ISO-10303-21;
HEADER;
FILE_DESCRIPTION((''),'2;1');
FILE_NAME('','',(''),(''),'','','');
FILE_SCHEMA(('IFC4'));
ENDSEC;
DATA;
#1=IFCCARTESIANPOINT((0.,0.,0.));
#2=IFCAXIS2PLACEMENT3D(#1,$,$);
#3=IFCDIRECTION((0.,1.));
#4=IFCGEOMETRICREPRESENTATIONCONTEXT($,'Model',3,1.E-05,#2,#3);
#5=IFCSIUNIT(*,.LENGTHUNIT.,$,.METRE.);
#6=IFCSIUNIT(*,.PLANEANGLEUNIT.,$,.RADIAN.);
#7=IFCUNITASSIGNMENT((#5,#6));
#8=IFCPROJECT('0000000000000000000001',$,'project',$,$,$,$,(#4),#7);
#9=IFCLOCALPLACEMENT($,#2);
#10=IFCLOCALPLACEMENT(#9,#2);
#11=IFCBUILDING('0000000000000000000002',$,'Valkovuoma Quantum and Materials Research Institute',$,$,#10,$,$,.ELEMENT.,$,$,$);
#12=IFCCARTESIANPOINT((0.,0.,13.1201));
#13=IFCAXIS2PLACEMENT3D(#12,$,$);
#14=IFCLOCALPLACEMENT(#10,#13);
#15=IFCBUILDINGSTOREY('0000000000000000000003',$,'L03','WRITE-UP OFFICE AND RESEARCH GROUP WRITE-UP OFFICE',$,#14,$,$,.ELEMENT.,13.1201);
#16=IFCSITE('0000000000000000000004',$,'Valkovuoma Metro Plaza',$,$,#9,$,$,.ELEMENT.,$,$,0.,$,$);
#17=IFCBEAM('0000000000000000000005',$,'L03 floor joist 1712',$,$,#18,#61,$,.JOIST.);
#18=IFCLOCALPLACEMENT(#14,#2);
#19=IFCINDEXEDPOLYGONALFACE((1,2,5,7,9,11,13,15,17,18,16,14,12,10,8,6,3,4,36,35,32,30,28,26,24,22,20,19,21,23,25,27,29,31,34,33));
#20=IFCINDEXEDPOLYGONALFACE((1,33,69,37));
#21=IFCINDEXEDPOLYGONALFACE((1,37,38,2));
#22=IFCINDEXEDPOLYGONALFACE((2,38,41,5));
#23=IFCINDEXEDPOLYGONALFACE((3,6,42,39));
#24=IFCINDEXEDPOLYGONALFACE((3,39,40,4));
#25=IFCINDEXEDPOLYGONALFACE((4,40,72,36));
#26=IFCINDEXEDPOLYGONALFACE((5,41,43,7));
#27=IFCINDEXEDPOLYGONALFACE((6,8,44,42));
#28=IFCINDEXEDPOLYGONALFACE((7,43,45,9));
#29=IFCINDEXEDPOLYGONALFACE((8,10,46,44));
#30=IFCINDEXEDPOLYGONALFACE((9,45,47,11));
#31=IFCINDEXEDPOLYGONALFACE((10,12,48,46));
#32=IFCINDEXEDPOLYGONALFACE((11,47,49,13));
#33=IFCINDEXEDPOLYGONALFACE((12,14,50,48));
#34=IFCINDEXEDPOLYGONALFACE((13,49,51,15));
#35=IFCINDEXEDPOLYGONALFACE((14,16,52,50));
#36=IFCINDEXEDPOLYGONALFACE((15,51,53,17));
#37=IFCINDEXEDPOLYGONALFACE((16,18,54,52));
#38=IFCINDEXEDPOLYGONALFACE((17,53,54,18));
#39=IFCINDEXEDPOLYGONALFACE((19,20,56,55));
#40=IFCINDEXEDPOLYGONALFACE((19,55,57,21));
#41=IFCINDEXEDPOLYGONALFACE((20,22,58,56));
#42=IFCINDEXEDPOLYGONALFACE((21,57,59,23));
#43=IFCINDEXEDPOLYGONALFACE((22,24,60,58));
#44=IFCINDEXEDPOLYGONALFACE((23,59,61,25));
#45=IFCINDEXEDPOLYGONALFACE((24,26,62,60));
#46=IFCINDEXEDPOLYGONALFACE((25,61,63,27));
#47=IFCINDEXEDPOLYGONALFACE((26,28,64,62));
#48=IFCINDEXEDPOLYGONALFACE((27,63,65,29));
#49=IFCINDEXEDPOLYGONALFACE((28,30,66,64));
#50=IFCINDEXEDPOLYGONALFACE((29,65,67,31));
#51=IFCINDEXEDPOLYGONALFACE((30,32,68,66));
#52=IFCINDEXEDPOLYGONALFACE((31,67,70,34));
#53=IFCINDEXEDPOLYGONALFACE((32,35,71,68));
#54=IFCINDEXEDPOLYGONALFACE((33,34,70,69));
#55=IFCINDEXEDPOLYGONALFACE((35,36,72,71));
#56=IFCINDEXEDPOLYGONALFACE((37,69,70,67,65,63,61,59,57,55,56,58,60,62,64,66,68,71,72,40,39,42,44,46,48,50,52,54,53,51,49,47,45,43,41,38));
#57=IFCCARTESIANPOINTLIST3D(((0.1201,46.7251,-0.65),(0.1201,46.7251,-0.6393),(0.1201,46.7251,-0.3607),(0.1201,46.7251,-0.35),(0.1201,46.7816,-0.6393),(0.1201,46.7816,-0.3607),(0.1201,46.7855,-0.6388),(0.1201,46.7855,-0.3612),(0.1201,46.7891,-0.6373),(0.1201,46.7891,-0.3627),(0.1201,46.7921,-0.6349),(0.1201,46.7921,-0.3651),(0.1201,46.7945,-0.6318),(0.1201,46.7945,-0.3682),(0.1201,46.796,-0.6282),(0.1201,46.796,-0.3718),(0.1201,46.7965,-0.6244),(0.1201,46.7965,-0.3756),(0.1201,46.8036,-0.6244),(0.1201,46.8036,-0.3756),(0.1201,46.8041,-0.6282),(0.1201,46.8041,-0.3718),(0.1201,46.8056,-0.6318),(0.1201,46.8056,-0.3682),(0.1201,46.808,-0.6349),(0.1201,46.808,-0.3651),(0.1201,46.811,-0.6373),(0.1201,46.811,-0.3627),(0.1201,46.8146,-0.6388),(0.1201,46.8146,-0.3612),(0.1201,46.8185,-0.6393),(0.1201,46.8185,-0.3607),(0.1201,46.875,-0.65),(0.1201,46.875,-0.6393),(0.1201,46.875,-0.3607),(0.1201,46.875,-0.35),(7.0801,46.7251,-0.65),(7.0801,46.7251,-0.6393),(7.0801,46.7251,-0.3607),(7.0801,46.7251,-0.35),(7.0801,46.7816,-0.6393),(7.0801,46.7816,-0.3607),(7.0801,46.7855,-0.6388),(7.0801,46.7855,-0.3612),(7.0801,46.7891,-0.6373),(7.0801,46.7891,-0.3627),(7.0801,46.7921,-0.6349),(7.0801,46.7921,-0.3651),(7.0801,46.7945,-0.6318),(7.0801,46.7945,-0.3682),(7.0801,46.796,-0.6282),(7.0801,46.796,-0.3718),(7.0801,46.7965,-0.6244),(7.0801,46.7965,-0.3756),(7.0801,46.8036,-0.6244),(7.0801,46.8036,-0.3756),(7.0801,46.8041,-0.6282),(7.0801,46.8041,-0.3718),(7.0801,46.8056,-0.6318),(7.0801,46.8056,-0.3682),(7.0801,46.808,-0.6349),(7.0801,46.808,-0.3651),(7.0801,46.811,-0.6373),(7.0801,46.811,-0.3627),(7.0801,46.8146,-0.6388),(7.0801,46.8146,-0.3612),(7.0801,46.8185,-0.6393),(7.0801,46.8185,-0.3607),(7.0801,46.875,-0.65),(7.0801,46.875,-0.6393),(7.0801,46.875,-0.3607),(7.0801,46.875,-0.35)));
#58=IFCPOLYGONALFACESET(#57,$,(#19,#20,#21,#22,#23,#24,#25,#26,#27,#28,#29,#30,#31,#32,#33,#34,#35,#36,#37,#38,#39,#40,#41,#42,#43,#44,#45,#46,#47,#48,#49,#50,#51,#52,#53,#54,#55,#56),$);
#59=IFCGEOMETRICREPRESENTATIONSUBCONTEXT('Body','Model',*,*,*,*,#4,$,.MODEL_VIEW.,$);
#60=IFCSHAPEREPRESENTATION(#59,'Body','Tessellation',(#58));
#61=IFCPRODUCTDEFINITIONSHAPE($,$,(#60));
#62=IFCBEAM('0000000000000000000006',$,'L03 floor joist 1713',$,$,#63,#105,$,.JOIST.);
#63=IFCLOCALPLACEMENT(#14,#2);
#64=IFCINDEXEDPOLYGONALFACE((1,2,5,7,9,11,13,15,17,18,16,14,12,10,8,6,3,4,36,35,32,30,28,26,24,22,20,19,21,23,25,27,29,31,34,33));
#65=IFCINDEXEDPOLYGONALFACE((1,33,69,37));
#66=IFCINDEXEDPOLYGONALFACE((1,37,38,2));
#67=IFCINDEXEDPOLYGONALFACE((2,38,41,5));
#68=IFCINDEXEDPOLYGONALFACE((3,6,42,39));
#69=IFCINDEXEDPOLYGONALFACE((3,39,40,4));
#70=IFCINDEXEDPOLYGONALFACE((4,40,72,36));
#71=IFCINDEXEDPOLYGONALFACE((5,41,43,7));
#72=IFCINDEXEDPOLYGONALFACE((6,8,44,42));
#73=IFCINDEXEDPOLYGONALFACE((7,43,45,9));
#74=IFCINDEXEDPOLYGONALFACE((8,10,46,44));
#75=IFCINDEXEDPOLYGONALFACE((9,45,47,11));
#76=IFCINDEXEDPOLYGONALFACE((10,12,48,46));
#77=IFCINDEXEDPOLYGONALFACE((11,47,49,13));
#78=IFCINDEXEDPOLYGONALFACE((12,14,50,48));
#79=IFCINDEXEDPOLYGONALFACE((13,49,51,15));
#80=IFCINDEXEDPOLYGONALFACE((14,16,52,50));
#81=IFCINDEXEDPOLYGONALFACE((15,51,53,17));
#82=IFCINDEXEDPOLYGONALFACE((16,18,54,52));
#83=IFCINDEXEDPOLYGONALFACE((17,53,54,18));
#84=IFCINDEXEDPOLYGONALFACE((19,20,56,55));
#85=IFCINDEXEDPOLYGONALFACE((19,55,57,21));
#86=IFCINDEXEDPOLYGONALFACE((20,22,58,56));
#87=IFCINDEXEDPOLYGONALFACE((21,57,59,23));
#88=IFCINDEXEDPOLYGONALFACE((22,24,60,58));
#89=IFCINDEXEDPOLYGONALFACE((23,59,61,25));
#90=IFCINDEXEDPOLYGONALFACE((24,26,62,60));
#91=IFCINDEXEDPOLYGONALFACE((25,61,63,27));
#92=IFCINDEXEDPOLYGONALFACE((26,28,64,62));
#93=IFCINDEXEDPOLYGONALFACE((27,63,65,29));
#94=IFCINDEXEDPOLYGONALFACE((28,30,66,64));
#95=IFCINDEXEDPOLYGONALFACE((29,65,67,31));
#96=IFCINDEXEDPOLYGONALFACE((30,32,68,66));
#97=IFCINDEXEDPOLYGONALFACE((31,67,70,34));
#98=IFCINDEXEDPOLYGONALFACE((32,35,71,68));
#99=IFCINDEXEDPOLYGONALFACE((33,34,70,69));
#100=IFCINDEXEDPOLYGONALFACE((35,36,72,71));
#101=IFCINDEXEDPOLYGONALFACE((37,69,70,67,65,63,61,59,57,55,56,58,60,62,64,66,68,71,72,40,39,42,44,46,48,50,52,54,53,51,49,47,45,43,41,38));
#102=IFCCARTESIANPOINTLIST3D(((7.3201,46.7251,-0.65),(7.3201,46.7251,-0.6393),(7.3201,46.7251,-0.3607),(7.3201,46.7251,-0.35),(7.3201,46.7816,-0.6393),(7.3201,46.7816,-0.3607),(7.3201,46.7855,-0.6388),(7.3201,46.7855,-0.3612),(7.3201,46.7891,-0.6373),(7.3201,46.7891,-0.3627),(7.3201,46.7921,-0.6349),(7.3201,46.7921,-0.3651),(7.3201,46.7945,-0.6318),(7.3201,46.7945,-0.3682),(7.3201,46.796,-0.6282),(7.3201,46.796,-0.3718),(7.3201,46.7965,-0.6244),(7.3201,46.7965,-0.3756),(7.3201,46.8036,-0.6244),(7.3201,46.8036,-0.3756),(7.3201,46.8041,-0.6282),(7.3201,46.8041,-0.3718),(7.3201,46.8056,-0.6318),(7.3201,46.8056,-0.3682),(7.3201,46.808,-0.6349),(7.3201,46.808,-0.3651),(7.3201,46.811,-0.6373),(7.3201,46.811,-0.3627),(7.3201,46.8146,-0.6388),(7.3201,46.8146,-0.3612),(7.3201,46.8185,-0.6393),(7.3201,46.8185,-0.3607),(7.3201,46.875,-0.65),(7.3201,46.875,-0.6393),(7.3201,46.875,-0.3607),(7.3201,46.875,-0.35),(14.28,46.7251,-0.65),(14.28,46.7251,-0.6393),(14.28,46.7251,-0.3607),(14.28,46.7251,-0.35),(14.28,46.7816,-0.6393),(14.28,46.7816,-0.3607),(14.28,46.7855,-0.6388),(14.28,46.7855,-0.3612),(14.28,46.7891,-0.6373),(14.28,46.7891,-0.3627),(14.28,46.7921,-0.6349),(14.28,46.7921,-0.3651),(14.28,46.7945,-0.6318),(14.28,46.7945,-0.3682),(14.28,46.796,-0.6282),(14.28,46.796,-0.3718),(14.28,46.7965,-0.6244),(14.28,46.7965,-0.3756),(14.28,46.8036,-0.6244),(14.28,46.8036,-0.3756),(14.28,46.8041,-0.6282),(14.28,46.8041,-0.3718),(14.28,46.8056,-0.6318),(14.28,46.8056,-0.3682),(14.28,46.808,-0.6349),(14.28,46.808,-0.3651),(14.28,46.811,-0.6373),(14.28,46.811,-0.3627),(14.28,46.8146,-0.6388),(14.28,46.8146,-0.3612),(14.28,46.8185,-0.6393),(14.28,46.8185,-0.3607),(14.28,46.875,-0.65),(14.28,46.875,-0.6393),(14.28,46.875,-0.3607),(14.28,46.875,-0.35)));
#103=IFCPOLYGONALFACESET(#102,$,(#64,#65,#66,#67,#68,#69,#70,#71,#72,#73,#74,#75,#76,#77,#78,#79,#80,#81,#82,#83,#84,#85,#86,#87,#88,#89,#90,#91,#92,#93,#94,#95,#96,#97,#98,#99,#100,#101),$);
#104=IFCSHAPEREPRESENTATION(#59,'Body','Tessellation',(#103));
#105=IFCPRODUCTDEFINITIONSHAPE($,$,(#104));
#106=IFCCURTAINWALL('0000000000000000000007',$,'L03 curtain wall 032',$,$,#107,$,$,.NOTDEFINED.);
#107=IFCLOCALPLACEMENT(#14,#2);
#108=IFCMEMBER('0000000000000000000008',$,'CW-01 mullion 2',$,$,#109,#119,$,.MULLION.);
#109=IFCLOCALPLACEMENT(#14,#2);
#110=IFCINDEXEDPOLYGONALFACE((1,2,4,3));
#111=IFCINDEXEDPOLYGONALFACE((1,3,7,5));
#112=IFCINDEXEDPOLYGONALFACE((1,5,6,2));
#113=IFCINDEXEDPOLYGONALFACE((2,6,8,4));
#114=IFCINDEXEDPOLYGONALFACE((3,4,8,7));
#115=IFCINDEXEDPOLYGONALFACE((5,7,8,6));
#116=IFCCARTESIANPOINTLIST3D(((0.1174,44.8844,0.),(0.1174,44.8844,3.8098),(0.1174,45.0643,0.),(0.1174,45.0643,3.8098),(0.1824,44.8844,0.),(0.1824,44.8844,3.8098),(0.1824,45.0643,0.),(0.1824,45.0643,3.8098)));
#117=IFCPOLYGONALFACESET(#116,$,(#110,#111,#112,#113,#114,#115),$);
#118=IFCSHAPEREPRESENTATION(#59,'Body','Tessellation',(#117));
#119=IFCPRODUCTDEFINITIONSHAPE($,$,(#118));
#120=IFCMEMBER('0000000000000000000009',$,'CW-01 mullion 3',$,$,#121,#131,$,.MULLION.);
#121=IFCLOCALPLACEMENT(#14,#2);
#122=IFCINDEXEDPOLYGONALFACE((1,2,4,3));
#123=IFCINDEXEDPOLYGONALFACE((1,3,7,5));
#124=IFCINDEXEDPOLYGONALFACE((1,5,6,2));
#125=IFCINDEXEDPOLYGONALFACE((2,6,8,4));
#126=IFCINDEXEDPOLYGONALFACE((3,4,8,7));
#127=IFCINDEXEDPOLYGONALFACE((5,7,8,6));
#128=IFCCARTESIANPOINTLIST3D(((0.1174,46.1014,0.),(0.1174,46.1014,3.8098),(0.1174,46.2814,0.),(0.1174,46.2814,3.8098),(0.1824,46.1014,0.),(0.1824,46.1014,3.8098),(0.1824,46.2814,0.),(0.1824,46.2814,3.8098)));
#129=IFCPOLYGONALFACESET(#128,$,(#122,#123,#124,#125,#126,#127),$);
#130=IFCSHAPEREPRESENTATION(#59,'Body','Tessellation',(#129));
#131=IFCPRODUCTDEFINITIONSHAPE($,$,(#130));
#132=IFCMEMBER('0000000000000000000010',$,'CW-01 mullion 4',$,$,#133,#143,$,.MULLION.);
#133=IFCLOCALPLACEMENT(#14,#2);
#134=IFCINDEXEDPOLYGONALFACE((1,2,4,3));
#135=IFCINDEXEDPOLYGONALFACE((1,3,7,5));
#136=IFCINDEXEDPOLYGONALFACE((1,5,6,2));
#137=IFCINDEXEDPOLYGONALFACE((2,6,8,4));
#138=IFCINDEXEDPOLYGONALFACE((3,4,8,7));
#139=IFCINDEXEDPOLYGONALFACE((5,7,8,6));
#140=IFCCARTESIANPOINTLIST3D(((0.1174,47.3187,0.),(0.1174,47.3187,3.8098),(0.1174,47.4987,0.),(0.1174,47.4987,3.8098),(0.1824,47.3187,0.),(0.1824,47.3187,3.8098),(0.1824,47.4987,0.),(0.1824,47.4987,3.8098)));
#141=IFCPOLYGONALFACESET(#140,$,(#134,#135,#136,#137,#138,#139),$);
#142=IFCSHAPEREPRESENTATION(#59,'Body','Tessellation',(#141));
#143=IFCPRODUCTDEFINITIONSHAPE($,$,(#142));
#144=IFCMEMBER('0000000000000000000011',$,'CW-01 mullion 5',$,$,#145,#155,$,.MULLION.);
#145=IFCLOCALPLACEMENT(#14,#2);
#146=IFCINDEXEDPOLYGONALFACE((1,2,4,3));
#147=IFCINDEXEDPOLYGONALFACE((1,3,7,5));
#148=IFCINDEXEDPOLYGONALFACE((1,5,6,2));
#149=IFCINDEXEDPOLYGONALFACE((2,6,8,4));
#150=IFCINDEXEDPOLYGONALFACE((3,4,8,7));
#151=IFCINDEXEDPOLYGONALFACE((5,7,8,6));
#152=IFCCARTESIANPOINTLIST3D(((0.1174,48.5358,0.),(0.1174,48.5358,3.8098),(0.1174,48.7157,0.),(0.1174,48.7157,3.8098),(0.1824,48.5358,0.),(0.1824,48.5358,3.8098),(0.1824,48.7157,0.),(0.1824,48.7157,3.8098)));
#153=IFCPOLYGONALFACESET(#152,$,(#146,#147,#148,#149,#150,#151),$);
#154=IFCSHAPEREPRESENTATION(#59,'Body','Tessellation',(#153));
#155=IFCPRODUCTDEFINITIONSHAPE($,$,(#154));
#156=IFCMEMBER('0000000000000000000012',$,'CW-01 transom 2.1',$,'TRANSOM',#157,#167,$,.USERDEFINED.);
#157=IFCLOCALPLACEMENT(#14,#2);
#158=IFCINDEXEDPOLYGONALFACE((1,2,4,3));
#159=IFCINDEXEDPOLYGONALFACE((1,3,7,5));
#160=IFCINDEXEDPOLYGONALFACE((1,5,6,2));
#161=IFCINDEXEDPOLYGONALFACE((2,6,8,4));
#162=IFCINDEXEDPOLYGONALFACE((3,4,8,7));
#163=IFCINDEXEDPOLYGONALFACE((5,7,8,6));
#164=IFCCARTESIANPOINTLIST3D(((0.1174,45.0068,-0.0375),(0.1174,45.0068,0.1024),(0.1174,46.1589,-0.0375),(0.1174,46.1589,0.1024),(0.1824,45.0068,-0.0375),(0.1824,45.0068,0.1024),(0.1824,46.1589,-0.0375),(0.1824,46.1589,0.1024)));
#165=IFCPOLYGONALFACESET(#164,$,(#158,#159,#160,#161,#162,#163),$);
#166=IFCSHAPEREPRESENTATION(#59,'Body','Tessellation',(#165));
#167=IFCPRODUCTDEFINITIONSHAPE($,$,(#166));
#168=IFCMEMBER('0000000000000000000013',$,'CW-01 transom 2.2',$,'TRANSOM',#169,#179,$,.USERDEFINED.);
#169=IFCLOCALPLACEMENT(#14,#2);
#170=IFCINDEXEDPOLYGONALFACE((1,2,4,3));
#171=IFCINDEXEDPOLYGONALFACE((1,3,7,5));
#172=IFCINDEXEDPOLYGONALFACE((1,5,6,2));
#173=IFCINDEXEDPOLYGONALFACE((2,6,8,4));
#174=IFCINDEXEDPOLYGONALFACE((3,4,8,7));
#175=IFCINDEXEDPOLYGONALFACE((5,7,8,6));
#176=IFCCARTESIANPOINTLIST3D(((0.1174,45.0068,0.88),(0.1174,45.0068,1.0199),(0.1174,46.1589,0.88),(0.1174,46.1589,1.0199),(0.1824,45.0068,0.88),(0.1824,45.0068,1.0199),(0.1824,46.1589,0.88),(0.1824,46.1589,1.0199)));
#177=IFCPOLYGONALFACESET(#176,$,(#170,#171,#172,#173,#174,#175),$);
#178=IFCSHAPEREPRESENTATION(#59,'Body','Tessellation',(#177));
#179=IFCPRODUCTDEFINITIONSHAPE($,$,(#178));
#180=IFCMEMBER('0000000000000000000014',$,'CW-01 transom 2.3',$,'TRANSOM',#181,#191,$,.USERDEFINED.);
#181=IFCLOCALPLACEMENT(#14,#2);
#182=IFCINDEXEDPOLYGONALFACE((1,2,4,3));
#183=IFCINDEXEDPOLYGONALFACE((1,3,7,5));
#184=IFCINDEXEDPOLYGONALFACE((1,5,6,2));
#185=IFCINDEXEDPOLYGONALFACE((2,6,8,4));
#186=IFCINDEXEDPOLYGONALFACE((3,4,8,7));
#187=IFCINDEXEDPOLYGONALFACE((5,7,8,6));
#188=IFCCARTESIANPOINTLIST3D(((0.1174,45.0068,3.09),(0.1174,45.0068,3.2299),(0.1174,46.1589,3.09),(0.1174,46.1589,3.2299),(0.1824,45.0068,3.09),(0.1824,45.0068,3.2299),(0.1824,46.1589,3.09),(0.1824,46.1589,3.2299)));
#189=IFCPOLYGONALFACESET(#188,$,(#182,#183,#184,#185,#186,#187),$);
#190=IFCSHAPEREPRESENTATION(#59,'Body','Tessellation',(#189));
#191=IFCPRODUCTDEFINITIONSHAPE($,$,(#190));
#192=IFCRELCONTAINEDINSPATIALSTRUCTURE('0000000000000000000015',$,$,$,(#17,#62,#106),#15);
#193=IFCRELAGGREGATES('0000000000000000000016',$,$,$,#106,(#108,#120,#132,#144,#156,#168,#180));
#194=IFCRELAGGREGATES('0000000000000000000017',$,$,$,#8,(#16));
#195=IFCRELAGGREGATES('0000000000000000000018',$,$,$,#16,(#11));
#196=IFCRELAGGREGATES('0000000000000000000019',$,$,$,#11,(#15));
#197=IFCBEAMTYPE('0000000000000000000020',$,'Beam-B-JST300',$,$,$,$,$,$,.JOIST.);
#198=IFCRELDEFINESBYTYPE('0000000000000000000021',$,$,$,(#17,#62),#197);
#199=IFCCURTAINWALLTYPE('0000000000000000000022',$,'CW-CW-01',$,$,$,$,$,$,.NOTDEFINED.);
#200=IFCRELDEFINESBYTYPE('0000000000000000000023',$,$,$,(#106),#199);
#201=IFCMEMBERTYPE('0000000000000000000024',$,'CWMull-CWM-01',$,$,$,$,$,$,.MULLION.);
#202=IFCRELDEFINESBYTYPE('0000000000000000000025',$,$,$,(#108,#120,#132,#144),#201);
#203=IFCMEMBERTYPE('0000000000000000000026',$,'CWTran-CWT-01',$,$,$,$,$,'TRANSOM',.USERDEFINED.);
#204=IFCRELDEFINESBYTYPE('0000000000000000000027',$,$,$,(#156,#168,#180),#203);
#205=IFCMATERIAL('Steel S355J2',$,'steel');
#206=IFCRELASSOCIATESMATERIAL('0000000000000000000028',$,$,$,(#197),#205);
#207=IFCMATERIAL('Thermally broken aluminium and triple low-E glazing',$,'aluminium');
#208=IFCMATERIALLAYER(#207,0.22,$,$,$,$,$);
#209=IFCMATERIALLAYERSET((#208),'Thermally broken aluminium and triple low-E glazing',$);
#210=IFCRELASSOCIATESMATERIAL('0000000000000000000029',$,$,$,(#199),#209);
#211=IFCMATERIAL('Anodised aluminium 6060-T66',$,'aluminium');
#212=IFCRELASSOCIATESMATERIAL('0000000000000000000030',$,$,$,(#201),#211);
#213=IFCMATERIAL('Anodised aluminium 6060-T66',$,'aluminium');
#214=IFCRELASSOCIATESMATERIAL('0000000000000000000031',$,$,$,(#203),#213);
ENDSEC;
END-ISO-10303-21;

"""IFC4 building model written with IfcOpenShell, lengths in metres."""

from ifc_helpers import new_model, si_unit, direction, frame, origin, origin_2d, place, context, subcontext, project, spatial, rectangle, i_section, extrude, material, layer, layer_set, material_profile, profile_set, type_object, element, aggregate, save


model = new_model("IFC4")

# Units and contexts
model_context = context("Model", 3, precision=1e-05, world=origin(), true_north=direction((0.0, 1.0)))
body_context = subcontext(model_context, "Body", "Model", "MODEL_VIEW")
ifc_project = project(units=[si_unit("LENGTHUNIT", "METRE"), si_unit("PLANEANGLEUNIT", "RADIAN")], contexts=[model_context])

# Site, building, storey
site_placement = place(None, origin())
site = spatial("IfcSite", under=ifc_project, at=site_placement, Name="Valkovuoma Metro Plaza", CompositionType="ELEMENT", RefElevation=0.0)
building_placement = place(site_placement, origin())
building = spatial("IfcBuilding", under=site, at=building_placement, Name="Valkovuoma Quantum and Materials Research Institute", CompositionType="ELEMENT")
storey_placement = place(building_placement, frame((0.0, 0.0, 13.1201)))
storey = spatial("IfcBuildingStorey", under=building, at=storey_placement, Name="L03", Description="WRITE-UP OFFICE AND RESEARCH GROUP WRITE-UP OFFICE", CompositionType="ELEMENT", Elevation=13.1201)

# Beams
ifc_material_1 = material(Name="Steel S355J2", Category="steel")
ifc_material_profile_1 = material_profile(ifc_material_1, i_section(OverallWidth=0.1499, OverallDepth=0.3, WebThickness=0.0071, FlangeThickness=0.0107, FilletRadius=0.0149, at=origin_2d()), Name="Steel S355J2")
ifc_profile_set_1 = profile_set([ifc_material_profile_1], Name="Steel S355J2")
beam_type = type_object("IfcBeamType", Name="Beam-B-JST300", PredefinedType="JOIST", material=ifc_profile_set_1)
for number, where, z_axis, x_axis, name in (
    (1, (0.1201, 46.8, -0.5), (1.0, 0.0, 0.0), (0.0, 1.0, 0.0), "L03 floor joist 1712"),
    (2, (7.3201, 46.8, -0.5), (1.0, 0.0, 0.0), (0.0, 1.0, 0.0), "L03 floor joist 1713"),
):
    element("IfcBeam", number, at=place(storey_placement, frame(where, z_axis=z_axis, x_axis=x_axis)), inside=storey, type_object=beam_type, Name=name, PredefinedType="JOIST", context=body_context, shape_type="SweptSolid", body=[
        extrude(i_section(OverallWidth=0.1499, OverallDepth=0.3, WebThickness=0.0071, FlangeThickness=0.0107, FilletRadius=0.0149, at=origin_2d()), origin(), (0.0, 0.0, 1.0), 6.96),
    ])

# Curtain wall, members
ifc_material_2 = material(Name="Thermally broken aluminium and triple low-E glazing", Category="aluminium")
ifc_layer_1 = layer(ifc_material_2, 0.22)
ifc_layer_set_1 = layer_set([ifc_layer_1], Name="Thermally broken aluminium and triple low-E glazing")
curtain_wall_type = type_object("IfcCurtainWallType", Name="CW-CW-01", PredefinedType="NOTDEFINED", material=ifc_layer_set_1)
curtain_wall_placement = place(storey_placement, origin())
curtain_wall = element("IfcCurtainWall", 3, at=curtain_wall_placement, inside=storey, type_object=curtain_wall_type, Name="L03 curtain wall 032", PredefinedType="NOTDEFINED")
ifc_material_3 = material(Name="Anodised aluminium 6060-T66", Category="aluminium")
ifc_material_profile_2 = material_profile(ifc_material_3, rectangle(XDim=0.0649, YDim=0.1799, at=origin_2d()), Name="Anodised aluminium 6060-T66")
ifc_profile_set_2 = profile_set([ifc_material_profile_2], Name="Anodised aluminium 6060-T66")
member_type_1 = type_object("IfcMemberType", Name="CWMull-CWM-01", PredefinedType="MULLION", material=ifc_profile_set_2)
member_1_placement = place(storey_placement, frame((0.1499, 44.9744, 0.0), z_axis=(0.0, 0.0, 1.0), x_axis=(-1.0, 0.0, 0.0)))
member_1 = element("IfcMember", 4, at=member_1_placement, type_object=member_type_1, Name="CW-01 mullion 2", PredefinedType="MULLION", context=body_context, shape_type="SweptSolid", body=[
    extrude(rectangle(XDim=0.0649, YDim=0.1799, at=origin_2d()), origin(), (0.0, 0.0, 1.0), 3.8098),
])
member_2_placement = place(storey_placement, frame((0.1499, 46.1914, 0.0), z_axis=(0.0, 0.0, 1.0), x_axis=(-1.0, 0.0, 0.0)))
member_2 = element("IfcMember", 5, at=member_2_placement, type_object=member_type_1, Name="CW-01 mullion 3", PredefinedType="MULLION", context=body_context, shape_type="SweptSolid", body=[
    extrude(rectangle(XDim=0.0649, YDim=0.1799, at=origin_2d()), origin(), (0.0, 0.0, 1.0), 3.8098),
])
member_3_placement = place(storey_placement, frame((0.1499, 47.4087, 0.0), z_axis=(0.0, 0.0, 1.0), x_axis=(-1.0, 0.0, 0.0)))
member_3 = element("IfcMember", 6, at=member_3_placement, type_object=member_type_1, Name="CW-01 mullion 4", PredefinedType="MULLION", context=body_context, shape_type="SweptSolid", body=[
    extrude(rectangle(XDim=0.0649, YDim=0.1799, at=origin_2d()), origin(), (0.0, 0.0, 1.0), 3.8098),
])
member_4_placement = place(storey_placement, frame((0.1499, 48.6257, 0.0), z_axis=(0.0, 0.0, 1.0), x_axis=(-1.0, 0.0, 0.0)))
member_4 = element("IfcMember", 7, at=member_4_placement, type_object=member_type_1, Name="CW-01 mullion 5", PredefinedType="MULLION", context=body_context, shape_type="SweptSolid", body=[
    extrude(rectangle(XDim=0.0649, YDim=0.1799, at=origin_2d()), origin(), (0.0, 0.0, 1.0), 3.8098),
])
ifc_material_4 = material(Name="Anodised aluminium 6060-T66", Category="aluminium")
ifc_material_profile_3 = material_profile(ifc_material_4, rectangle(XDim=0.0649, YDim=0.1399, at=origin_2d()), Name="Anodised aluminium 6060-T66")
ifc_profile_set_3 = profile_set([ifc_material_profile_3], Name="Anodised aluminium 6060-T66")
member_type_2 = type_object("IfcMemberType", Name="CWTran-CWT-01", ElementType="TRANSOM", PredefinedType="USERDEFINED", material=ifc_profile_set_3)
member_5_placement = place(storey_placement, frame((0.1499, 45.0068, 0.0325), z_axis=(0.0, 1.0, 0.0), x_axis=(-1.0, 0.0, 0.0)))
member_5 = element("IfcMember", 8, at=member_5_placement, type_object=member_type_2, Name="CW-01 transom 2.1", ObjectType="TRANSOM", PredefinedType="USERDEFINED", context=body_context, shape_type="SweptSolid", body=[
    extrude(rectangle(XDim=0.0649, YDim=0.1399, at=origin_2d()), origin(), (0.0, 0.0, 1.0), 1.1521),
])
member_6_placement = place(storey_placement, frame((0.1499, 45.0068, 0.95), z_axis=(0.0, 1.0, 0.0), x_axis=(-1.0, 0.0, 0.0)))
member_6 = element("IfcMember", 9, at=member_6_placement, type_object=member_type_2, Name="CW-01 transom 2.2", ObjectType="TRANSOM", PredefinedType="USERDEFINED", context=body_context, shape_type="SweptSolid", body=[
    extrude(rectangle(XDim=0.0649, YDim=0.1399, at=origin_2d()), origin(), (0.0, 0.0, 1.0), 1.1521),
])
member_7_placement = place(storey_placement, frame((0.1499, 45.0068, 3.1599), z_axis=(0.0, 1.0, 0.0), x_axis=(-1.0, 0.0, 0.0)))
member_7 = element("IfcMember", 10, at=member_7_placement, type_object=member_type_2, Name="CW-01 transom 2.3", ObjectType="TRANSOM", PredefinedType="USERDEFINED", context=body_context, shape_type="SweptSolid", body=[
    extrude(rectangle(XDim=0.0649, YDim=0.1399, at=origin_2d()), origin(), (0.0, 0.0, 1.0), 1.1521),
])
aggregate(curtain_wall, [member_1, member_2, member_3, member_4, member_5, member_6, member_7])

save(model, "model.ifc")
